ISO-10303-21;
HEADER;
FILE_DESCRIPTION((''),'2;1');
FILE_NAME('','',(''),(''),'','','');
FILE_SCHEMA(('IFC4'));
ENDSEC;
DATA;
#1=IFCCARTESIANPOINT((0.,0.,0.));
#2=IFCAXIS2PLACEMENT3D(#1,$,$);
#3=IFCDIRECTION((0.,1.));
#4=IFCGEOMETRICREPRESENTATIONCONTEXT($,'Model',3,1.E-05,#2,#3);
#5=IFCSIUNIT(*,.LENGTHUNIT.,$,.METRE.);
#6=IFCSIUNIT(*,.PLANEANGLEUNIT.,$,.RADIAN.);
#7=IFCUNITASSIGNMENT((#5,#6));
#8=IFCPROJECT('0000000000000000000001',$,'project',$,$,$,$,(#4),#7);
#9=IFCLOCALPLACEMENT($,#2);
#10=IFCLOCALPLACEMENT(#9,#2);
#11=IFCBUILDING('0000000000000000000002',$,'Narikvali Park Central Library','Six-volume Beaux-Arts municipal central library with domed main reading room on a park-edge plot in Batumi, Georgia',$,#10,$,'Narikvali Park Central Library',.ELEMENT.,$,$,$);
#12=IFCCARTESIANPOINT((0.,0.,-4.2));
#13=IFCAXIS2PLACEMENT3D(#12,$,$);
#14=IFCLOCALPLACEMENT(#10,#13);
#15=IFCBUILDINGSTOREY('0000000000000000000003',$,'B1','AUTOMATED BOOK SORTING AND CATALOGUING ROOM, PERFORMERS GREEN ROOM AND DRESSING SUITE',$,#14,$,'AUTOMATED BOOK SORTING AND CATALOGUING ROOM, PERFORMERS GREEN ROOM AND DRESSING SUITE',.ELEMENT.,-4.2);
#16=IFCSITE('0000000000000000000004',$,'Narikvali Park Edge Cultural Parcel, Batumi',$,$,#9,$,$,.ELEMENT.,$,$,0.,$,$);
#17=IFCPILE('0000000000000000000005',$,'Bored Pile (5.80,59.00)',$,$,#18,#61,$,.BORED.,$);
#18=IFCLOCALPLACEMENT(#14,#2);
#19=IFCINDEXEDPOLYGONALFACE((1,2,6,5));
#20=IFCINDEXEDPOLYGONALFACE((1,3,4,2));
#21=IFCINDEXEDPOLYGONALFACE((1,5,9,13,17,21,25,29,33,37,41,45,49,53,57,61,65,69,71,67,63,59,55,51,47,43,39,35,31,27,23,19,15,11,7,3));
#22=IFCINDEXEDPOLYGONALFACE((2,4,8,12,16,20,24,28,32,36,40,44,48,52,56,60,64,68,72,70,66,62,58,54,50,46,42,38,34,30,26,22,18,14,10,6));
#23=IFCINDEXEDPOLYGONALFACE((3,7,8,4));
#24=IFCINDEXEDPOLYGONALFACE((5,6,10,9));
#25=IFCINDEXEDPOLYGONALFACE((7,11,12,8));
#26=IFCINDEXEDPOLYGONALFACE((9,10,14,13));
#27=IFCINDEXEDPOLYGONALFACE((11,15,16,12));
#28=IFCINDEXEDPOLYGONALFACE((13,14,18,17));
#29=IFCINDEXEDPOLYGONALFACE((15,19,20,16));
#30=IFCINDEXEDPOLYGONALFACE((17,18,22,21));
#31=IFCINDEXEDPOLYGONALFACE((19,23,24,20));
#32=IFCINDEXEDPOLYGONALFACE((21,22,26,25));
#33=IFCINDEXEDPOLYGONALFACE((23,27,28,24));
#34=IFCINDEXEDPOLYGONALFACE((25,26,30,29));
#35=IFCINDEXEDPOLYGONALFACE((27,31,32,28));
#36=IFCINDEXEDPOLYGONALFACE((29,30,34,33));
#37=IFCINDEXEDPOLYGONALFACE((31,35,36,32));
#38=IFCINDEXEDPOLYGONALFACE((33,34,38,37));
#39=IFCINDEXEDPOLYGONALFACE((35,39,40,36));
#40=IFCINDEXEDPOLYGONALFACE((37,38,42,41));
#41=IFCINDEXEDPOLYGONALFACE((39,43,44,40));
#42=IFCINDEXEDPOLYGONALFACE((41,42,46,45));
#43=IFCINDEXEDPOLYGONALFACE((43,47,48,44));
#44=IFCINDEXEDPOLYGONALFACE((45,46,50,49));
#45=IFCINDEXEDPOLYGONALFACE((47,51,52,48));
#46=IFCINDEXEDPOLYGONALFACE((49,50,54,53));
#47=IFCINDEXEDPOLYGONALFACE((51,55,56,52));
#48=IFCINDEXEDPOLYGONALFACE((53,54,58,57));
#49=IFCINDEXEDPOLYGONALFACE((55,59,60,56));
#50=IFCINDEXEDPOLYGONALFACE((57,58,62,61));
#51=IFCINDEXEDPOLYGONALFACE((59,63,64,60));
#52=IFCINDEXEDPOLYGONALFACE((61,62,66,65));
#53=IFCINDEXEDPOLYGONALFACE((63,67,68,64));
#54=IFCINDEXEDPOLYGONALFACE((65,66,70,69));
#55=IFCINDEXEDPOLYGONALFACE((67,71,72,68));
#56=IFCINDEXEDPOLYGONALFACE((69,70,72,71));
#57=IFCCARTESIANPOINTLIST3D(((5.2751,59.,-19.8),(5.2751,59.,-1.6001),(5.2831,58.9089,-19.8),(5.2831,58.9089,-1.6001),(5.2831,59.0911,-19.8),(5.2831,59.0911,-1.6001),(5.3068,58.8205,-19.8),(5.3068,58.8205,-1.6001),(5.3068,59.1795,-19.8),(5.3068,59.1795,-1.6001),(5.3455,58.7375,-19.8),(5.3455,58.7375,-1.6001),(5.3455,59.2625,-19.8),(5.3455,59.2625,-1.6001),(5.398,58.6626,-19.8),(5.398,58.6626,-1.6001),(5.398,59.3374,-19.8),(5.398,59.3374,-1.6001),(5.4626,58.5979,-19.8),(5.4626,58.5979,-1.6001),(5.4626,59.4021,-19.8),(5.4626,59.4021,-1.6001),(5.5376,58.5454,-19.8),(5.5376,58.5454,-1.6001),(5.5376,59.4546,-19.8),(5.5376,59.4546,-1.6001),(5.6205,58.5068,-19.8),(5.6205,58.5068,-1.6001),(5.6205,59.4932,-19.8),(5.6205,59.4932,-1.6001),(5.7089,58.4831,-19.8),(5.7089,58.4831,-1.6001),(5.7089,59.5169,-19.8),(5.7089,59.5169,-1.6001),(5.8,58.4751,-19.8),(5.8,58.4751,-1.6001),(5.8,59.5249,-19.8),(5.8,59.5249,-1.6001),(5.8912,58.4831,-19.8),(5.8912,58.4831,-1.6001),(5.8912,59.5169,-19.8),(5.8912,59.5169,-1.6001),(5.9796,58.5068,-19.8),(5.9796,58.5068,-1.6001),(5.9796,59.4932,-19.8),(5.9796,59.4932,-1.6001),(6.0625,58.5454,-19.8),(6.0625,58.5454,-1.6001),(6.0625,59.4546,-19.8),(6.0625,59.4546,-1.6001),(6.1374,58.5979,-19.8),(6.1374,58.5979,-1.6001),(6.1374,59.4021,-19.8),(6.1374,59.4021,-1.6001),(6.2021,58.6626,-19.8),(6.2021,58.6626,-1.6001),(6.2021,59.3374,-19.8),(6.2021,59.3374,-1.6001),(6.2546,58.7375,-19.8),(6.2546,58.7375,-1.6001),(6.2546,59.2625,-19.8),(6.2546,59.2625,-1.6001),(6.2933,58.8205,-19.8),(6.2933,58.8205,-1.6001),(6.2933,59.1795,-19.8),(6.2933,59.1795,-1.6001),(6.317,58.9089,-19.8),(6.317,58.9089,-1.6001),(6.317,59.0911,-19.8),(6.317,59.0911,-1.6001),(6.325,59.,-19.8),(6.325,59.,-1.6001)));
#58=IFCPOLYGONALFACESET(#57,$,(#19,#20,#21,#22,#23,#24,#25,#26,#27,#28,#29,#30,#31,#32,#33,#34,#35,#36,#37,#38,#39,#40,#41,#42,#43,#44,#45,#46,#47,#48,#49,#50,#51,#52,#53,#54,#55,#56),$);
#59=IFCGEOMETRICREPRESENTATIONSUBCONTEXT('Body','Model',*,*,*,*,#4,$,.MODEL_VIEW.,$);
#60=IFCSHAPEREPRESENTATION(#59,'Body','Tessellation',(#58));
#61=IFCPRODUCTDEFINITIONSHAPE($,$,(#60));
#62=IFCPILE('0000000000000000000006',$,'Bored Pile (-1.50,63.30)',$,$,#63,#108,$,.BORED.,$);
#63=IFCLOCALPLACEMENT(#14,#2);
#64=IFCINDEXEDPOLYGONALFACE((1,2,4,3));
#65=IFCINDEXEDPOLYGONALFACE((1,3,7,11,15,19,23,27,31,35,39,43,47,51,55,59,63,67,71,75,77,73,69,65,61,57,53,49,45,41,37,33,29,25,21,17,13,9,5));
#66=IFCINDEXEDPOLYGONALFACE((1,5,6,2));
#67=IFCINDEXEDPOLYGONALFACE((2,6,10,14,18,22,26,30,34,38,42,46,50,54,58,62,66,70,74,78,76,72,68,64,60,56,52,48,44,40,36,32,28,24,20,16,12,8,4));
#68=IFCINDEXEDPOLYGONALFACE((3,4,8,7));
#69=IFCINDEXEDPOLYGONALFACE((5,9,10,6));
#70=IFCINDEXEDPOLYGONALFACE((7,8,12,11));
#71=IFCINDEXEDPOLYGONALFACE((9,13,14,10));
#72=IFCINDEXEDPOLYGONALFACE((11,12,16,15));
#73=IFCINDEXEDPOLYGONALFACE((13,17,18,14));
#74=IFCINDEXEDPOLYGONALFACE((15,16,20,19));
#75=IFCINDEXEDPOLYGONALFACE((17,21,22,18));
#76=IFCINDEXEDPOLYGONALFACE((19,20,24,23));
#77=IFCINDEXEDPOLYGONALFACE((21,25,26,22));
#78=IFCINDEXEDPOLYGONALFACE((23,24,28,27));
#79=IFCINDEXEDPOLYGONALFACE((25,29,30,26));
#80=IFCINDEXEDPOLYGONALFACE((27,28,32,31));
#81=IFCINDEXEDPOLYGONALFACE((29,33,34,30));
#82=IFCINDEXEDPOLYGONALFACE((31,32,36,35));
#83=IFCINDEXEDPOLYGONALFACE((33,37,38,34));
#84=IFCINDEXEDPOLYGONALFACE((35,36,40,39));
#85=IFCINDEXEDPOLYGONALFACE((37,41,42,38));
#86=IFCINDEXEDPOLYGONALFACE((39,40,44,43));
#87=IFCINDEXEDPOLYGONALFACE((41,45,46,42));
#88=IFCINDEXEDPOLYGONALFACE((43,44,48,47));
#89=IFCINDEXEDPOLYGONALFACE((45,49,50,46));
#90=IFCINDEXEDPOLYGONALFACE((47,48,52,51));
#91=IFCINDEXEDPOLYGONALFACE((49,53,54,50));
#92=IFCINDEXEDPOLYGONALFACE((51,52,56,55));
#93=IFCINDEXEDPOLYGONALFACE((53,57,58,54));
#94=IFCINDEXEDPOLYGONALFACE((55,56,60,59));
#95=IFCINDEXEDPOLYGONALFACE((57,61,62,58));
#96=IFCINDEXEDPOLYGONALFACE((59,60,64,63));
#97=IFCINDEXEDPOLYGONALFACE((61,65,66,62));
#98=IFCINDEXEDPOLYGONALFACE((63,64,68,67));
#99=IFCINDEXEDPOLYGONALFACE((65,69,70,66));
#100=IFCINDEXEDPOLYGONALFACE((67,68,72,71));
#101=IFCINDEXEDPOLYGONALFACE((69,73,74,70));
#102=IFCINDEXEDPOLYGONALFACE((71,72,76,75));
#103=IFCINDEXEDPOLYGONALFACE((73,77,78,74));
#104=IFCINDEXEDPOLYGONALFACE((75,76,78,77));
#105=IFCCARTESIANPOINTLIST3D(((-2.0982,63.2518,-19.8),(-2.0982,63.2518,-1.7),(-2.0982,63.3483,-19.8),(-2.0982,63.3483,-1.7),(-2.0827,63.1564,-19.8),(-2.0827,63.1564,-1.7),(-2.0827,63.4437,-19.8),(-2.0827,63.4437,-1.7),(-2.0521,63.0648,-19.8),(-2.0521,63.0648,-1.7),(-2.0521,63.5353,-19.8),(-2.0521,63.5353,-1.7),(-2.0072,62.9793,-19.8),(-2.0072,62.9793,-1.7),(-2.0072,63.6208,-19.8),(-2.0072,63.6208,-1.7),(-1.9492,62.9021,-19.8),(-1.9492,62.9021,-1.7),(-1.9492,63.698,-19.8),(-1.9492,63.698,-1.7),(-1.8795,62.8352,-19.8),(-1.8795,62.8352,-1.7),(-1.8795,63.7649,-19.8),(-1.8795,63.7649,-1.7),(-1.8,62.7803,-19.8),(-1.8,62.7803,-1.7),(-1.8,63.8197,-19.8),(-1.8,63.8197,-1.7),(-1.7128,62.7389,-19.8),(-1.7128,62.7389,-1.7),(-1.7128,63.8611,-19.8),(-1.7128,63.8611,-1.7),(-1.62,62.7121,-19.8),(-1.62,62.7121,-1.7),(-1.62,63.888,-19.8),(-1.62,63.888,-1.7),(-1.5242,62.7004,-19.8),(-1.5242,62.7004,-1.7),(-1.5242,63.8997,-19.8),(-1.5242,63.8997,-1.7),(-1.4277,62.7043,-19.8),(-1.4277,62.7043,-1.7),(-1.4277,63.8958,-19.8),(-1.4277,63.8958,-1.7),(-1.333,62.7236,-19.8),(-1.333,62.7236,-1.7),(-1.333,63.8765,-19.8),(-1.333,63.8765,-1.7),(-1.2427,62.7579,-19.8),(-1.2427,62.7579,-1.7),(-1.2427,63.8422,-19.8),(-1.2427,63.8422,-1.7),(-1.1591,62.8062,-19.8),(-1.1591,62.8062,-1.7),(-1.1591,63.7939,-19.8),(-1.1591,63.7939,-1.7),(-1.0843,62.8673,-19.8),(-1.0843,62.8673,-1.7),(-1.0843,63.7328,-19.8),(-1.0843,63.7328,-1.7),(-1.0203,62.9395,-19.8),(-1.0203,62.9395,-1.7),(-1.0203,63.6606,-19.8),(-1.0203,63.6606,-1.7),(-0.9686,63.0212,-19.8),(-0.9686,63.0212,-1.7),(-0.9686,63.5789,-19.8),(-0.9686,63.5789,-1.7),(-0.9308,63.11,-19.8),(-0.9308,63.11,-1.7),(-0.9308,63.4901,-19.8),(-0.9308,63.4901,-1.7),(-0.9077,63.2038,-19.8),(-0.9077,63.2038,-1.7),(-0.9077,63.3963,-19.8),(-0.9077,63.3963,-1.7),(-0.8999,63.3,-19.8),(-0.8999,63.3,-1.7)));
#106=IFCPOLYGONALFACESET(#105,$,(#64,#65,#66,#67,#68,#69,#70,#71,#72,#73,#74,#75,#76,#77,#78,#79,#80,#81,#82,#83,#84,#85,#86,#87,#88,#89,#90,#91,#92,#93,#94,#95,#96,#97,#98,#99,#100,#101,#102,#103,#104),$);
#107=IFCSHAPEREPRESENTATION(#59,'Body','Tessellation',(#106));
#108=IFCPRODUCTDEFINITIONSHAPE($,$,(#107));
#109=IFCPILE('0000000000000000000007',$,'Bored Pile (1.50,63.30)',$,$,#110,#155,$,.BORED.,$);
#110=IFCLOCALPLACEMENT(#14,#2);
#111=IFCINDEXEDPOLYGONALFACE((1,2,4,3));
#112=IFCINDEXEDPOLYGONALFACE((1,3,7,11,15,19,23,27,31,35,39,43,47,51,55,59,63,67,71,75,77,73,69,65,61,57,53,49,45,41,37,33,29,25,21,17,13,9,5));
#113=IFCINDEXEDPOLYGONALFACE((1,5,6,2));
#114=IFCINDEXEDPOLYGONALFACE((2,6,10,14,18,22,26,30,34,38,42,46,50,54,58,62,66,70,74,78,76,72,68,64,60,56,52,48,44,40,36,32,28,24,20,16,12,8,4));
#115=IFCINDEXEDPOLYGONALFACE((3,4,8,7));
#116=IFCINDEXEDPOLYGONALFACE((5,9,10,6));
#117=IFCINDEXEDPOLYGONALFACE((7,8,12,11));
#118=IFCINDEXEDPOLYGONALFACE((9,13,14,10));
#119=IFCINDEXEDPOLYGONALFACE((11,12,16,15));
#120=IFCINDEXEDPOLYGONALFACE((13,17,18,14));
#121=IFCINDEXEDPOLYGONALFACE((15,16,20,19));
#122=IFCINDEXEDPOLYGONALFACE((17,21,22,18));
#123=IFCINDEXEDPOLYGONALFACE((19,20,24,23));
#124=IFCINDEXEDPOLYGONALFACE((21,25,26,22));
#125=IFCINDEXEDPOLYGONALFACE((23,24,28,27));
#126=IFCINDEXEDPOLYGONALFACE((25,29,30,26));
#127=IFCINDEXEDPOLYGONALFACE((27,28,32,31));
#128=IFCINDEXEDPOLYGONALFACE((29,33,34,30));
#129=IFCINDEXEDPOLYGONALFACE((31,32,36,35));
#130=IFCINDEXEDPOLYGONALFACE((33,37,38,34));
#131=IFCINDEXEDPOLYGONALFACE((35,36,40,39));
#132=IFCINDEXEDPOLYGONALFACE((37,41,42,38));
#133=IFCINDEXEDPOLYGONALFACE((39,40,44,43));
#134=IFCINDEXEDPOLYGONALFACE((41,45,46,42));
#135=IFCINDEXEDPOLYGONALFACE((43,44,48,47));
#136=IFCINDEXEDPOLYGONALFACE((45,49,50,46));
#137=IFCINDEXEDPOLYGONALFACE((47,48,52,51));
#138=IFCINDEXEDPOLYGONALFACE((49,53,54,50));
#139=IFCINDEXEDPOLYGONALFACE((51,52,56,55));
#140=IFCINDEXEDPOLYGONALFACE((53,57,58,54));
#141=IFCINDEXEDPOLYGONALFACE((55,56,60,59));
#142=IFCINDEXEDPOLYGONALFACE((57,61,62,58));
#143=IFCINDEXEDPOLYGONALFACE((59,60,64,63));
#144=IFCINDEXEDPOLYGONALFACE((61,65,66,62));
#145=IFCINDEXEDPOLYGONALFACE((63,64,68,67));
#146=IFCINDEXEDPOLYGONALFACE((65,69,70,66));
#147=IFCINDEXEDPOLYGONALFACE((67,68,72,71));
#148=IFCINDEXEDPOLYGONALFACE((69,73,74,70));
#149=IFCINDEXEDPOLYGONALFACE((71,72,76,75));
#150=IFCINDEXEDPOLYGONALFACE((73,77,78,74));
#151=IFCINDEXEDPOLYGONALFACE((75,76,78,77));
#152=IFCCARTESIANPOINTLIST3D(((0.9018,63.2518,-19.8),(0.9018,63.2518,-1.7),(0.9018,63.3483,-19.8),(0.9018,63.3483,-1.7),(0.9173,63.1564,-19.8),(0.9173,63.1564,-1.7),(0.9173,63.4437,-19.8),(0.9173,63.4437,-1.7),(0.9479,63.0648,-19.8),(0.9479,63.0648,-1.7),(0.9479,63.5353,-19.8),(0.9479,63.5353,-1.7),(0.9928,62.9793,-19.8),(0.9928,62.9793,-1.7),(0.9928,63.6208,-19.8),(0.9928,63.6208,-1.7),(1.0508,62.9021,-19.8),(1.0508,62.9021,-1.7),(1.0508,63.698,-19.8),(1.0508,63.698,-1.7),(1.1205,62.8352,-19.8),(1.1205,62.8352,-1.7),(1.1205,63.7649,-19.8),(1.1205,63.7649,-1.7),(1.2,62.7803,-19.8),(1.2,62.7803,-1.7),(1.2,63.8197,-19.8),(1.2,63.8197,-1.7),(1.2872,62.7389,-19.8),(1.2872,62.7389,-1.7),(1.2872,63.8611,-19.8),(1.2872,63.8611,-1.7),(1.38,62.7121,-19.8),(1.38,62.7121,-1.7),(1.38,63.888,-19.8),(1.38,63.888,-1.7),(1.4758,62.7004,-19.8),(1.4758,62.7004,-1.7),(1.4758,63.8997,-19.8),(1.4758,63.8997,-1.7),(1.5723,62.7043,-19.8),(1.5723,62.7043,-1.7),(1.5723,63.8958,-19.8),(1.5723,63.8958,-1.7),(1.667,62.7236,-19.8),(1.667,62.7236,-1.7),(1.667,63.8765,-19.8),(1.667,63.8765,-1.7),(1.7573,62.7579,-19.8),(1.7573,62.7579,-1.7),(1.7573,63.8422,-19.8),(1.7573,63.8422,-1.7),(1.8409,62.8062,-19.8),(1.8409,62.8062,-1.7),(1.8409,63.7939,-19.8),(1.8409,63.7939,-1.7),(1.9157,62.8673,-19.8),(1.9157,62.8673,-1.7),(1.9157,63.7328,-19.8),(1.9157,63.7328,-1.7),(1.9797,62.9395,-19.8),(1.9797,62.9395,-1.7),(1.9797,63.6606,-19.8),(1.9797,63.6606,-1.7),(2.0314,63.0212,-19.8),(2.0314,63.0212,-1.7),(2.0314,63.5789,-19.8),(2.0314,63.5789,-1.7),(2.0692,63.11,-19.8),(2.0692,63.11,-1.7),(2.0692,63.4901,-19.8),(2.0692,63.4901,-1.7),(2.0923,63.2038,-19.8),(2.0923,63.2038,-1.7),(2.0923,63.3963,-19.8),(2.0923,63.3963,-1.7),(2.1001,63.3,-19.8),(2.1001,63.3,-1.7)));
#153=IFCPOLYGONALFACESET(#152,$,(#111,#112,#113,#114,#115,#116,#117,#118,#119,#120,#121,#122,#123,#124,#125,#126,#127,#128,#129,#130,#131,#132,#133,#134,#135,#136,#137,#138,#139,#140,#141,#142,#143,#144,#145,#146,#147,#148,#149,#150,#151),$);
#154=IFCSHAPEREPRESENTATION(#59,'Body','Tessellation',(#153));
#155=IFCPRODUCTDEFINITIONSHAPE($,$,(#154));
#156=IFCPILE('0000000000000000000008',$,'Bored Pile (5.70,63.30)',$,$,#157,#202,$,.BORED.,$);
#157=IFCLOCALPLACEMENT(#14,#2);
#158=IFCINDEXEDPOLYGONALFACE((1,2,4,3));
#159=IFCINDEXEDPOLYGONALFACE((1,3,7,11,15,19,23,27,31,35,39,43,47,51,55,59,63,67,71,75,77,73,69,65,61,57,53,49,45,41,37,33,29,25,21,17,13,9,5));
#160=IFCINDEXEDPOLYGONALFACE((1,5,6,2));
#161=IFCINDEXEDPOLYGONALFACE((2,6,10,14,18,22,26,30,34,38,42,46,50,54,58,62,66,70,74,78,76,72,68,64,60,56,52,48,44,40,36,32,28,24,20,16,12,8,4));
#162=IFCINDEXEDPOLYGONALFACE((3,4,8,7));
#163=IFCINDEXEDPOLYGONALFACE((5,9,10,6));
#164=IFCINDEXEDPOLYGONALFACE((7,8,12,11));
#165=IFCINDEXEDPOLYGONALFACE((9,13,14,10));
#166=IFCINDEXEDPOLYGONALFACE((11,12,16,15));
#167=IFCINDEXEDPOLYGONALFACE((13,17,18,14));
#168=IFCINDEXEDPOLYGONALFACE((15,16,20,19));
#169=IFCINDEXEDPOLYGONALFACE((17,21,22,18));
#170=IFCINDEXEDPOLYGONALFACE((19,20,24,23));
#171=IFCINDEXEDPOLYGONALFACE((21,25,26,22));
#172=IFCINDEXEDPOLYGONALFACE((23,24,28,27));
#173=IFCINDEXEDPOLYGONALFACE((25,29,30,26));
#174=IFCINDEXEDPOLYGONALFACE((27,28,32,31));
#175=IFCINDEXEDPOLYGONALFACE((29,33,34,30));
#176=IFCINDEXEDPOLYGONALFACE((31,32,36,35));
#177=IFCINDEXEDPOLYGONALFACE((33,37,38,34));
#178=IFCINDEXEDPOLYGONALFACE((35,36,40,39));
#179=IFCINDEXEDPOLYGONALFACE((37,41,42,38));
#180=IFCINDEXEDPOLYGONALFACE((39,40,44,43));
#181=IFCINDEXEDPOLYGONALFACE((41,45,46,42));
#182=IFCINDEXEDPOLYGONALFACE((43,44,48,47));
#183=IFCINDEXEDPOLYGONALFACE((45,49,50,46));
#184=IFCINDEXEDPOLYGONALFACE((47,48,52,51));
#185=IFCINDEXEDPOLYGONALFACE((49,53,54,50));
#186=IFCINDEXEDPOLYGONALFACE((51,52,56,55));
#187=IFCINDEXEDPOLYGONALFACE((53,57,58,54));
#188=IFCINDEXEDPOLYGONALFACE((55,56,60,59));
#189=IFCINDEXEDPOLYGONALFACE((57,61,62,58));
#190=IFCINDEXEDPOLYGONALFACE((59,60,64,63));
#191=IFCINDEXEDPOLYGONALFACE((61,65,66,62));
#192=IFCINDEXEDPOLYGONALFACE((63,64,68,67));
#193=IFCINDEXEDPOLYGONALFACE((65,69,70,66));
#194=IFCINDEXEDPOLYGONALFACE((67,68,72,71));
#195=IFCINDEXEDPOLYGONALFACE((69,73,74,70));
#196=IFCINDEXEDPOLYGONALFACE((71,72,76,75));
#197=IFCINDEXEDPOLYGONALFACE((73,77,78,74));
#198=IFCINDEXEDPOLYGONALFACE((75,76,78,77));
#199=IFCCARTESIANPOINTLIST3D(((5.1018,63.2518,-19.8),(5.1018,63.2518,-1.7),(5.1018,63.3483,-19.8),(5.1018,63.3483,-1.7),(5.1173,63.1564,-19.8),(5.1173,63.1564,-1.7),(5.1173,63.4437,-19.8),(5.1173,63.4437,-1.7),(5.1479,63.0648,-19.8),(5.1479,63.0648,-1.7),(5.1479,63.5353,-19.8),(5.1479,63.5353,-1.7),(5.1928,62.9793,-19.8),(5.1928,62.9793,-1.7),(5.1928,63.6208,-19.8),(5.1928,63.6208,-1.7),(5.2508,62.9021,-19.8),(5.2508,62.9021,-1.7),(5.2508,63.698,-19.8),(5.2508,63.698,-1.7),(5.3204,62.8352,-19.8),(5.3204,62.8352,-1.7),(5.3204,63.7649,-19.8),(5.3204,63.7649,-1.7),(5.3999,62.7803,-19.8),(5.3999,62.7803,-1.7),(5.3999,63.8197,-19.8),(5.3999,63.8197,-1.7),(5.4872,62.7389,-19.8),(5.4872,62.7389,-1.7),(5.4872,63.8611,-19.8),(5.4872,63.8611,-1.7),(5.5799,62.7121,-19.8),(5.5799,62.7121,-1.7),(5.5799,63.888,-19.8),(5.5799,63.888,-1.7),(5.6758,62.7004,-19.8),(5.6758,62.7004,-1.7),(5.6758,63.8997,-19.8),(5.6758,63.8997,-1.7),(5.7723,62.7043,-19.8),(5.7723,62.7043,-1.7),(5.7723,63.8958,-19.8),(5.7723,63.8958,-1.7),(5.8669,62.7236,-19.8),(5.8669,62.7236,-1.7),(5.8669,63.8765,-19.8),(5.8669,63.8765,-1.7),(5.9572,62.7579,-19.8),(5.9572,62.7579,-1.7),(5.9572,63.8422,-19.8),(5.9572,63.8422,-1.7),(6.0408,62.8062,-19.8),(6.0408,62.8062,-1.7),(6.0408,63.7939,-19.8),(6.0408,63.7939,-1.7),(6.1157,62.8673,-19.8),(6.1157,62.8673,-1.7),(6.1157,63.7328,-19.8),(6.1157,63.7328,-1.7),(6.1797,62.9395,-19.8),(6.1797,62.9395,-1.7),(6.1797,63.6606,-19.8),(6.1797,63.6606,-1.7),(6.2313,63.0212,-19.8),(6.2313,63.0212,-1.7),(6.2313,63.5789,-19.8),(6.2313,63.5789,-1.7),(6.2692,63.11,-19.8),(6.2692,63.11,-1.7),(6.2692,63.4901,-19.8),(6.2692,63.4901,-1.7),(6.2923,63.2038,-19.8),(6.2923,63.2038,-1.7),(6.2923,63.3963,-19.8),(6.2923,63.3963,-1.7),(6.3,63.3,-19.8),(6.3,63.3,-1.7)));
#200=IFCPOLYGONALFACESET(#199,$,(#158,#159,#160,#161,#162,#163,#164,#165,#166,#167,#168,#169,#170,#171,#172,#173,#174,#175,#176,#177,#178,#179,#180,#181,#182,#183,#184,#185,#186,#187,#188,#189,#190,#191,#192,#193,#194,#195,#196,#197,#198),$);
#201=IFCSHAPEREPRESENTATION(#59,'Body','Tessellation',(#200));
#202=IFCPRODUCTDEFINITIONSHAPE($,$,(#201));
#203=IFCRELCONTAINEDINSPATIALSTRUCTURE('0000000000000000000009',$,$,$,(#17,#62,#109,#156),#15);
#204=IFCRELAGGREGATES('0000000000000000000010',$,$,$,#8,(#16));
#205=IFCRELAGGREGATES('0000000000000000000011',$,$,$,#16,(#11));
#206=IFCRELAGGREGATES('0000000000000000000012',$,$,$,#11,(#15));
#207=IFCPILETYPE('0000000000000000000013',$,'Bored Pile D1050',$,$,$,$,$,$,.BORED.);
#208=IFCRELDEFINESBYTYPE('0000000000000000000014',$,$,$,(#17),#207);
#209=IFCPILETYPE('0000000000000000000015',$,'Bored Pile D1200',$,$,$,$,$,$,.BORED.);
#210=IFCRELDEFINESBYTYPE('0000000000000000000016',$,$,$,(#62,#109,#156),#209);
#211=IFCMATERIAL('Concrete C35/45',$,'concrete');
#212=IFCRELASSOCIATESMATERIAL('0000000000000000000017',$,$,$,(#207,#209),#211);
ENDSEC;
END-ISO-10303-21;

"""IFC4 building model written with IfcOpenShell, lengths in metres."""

from ifc_helpers import new_model, si_unit, direction, frame, origin, origin_2d, place, context, subcontext, project, spatial, circle, extrude, material, material_profile, profile_set, type_object, element, save


model = new_model("IFC4")

# Units and contexts
model_context = context("Model", 3, precision=1e-05, world=origin(), true_north=direction((0.0, 1.0)))
body_context = subcontext(model_context, "Body", "Model", "MODEL_VIEW")
ifc_project = project(units=[si_unit("LENGTHUNIT", "METRE"), si_unit("PLANEANGLEUNIT", "RADIAN")], contexts=[model_context])

# Site, building, storey
site_placement = place(None, origin())
site = spatial("IfcSite", under=ifc_project, at=site_placement, Name="Narikvali Park Edge Cultural Parcel, Batumi", CompositionType="ELEMENT", RefElevation=0.0)
building_placement = place(site_placement, origin())
building = spatial("IfcBuilding", under=site, at=building_placement, Name="Narikvali Park Central Library", Description="Six-volume Beaux-Arts municipal central library with domed main reading room on a park-edge plot in Batumi, Georgia", LongName="Narikvali Park Central Library", CompositionType="ELEMENT")
storey_placement = place(building_placement, frame((0.0, 0.0, -4.2)))
storey = spatial("IfcBuildingStorey", under=building, at=storey_placement, Name="B1", Description="AUTOMATED BOOK SORTING AND CATALOGUING ROOM, PERFORMERS GREEN ROOM AND DRESSING SUITE", LongName="AUTOMATED BOOK SORTING AND CATALOGUING ROOM, PERFORMERS GREEN ROOM AND DRESSING SUITE", CompositionType="ELEMENT", Elevation=-4.2)

# Piles
ifc_material_1 = material(Name="Concrete C35/45", Category="concrete")
ifc_material_profile_1 = material_profile(ifc_material_1, circle(Radius=0.5249, at=origin_2d()), Name="PILE D1050")
ifc_profile_set_1 = profile_set([ifc_material_profile_1], Name="Concrete C35/45")
pile_type_1 = type_object("IfcPileType", Name="Bored Pile D1050", PredefinedType="BORED", material=ifc_profile_set_1)
for number, where, z_axis, x_axis, name in (
    (1, (5.8, 59.0, -1.6001), (0.0, 0.0, -1.0), (1.0, 0.0, 0.0), "Bored Pile (5.80,59.00)"),
):
    element("IfcPile", number, at=place(storey_placement, frame(where, z_axis=z_axis, x_axis=x_axis)), inside=storey, type_object=pile_type_1, Name=name, PredefinedType="BORED", context=body_context, shape_type="SweptSolid", body=[
        extrude(circle(Radius=0.5249, at=origin_2d()), origin(), (0.0, 0.0, 1.0), 18.2),
    ])
ifc_material_profile_2 = material_profile(ifc_material_1, circle(Radius=0.6001, at=origin_2d()), Name="PILE D1200")
ifc_profile_set_2 = profile_set([ifc_material_profile_2], Name="Concrete C35/45")
pile_type_2 = type_object("IfcPileType", Name="Bored Pile D1200", PredefinedType="BORED", material=ifc_profile_set_2)
for number, where, z_axis, x_axis, name in (
    (2, (-1.5, 63.3, -1.7), (0.0, 0.0, -1.0), (1.0, 0.0, 0.0), "Bored Pile (-1.50,63.30)"),
    (3, (1.5, 63.3, -1.7), (0.0, 0.0, -1.0), (1.0, 0.0, 0.0), "Bored Pile (1.50,63.30)"),
    (4, (5.7, 63.3, -1.7), (0.0, 0.0, -1.0), (1.0, 0.0, 0.0), "Bored Pile (5.70,63.30)"),
):
    element("IfcPile", number, at=place(storey_placement, frame(where, z_axis=z_axis, x_axis=x_axis)), inside=storey, type_object=pile_type_2, Name=name, PredefinedType="BORED", context=body_context, shape_type="SweptSolid", body=[
        extrude(circle(Radius=0.6001, at=origin_2d()), origin(), (0.0, 0.0, 1.0), 18.1001),
    ])

save(model, "model.ifc")
